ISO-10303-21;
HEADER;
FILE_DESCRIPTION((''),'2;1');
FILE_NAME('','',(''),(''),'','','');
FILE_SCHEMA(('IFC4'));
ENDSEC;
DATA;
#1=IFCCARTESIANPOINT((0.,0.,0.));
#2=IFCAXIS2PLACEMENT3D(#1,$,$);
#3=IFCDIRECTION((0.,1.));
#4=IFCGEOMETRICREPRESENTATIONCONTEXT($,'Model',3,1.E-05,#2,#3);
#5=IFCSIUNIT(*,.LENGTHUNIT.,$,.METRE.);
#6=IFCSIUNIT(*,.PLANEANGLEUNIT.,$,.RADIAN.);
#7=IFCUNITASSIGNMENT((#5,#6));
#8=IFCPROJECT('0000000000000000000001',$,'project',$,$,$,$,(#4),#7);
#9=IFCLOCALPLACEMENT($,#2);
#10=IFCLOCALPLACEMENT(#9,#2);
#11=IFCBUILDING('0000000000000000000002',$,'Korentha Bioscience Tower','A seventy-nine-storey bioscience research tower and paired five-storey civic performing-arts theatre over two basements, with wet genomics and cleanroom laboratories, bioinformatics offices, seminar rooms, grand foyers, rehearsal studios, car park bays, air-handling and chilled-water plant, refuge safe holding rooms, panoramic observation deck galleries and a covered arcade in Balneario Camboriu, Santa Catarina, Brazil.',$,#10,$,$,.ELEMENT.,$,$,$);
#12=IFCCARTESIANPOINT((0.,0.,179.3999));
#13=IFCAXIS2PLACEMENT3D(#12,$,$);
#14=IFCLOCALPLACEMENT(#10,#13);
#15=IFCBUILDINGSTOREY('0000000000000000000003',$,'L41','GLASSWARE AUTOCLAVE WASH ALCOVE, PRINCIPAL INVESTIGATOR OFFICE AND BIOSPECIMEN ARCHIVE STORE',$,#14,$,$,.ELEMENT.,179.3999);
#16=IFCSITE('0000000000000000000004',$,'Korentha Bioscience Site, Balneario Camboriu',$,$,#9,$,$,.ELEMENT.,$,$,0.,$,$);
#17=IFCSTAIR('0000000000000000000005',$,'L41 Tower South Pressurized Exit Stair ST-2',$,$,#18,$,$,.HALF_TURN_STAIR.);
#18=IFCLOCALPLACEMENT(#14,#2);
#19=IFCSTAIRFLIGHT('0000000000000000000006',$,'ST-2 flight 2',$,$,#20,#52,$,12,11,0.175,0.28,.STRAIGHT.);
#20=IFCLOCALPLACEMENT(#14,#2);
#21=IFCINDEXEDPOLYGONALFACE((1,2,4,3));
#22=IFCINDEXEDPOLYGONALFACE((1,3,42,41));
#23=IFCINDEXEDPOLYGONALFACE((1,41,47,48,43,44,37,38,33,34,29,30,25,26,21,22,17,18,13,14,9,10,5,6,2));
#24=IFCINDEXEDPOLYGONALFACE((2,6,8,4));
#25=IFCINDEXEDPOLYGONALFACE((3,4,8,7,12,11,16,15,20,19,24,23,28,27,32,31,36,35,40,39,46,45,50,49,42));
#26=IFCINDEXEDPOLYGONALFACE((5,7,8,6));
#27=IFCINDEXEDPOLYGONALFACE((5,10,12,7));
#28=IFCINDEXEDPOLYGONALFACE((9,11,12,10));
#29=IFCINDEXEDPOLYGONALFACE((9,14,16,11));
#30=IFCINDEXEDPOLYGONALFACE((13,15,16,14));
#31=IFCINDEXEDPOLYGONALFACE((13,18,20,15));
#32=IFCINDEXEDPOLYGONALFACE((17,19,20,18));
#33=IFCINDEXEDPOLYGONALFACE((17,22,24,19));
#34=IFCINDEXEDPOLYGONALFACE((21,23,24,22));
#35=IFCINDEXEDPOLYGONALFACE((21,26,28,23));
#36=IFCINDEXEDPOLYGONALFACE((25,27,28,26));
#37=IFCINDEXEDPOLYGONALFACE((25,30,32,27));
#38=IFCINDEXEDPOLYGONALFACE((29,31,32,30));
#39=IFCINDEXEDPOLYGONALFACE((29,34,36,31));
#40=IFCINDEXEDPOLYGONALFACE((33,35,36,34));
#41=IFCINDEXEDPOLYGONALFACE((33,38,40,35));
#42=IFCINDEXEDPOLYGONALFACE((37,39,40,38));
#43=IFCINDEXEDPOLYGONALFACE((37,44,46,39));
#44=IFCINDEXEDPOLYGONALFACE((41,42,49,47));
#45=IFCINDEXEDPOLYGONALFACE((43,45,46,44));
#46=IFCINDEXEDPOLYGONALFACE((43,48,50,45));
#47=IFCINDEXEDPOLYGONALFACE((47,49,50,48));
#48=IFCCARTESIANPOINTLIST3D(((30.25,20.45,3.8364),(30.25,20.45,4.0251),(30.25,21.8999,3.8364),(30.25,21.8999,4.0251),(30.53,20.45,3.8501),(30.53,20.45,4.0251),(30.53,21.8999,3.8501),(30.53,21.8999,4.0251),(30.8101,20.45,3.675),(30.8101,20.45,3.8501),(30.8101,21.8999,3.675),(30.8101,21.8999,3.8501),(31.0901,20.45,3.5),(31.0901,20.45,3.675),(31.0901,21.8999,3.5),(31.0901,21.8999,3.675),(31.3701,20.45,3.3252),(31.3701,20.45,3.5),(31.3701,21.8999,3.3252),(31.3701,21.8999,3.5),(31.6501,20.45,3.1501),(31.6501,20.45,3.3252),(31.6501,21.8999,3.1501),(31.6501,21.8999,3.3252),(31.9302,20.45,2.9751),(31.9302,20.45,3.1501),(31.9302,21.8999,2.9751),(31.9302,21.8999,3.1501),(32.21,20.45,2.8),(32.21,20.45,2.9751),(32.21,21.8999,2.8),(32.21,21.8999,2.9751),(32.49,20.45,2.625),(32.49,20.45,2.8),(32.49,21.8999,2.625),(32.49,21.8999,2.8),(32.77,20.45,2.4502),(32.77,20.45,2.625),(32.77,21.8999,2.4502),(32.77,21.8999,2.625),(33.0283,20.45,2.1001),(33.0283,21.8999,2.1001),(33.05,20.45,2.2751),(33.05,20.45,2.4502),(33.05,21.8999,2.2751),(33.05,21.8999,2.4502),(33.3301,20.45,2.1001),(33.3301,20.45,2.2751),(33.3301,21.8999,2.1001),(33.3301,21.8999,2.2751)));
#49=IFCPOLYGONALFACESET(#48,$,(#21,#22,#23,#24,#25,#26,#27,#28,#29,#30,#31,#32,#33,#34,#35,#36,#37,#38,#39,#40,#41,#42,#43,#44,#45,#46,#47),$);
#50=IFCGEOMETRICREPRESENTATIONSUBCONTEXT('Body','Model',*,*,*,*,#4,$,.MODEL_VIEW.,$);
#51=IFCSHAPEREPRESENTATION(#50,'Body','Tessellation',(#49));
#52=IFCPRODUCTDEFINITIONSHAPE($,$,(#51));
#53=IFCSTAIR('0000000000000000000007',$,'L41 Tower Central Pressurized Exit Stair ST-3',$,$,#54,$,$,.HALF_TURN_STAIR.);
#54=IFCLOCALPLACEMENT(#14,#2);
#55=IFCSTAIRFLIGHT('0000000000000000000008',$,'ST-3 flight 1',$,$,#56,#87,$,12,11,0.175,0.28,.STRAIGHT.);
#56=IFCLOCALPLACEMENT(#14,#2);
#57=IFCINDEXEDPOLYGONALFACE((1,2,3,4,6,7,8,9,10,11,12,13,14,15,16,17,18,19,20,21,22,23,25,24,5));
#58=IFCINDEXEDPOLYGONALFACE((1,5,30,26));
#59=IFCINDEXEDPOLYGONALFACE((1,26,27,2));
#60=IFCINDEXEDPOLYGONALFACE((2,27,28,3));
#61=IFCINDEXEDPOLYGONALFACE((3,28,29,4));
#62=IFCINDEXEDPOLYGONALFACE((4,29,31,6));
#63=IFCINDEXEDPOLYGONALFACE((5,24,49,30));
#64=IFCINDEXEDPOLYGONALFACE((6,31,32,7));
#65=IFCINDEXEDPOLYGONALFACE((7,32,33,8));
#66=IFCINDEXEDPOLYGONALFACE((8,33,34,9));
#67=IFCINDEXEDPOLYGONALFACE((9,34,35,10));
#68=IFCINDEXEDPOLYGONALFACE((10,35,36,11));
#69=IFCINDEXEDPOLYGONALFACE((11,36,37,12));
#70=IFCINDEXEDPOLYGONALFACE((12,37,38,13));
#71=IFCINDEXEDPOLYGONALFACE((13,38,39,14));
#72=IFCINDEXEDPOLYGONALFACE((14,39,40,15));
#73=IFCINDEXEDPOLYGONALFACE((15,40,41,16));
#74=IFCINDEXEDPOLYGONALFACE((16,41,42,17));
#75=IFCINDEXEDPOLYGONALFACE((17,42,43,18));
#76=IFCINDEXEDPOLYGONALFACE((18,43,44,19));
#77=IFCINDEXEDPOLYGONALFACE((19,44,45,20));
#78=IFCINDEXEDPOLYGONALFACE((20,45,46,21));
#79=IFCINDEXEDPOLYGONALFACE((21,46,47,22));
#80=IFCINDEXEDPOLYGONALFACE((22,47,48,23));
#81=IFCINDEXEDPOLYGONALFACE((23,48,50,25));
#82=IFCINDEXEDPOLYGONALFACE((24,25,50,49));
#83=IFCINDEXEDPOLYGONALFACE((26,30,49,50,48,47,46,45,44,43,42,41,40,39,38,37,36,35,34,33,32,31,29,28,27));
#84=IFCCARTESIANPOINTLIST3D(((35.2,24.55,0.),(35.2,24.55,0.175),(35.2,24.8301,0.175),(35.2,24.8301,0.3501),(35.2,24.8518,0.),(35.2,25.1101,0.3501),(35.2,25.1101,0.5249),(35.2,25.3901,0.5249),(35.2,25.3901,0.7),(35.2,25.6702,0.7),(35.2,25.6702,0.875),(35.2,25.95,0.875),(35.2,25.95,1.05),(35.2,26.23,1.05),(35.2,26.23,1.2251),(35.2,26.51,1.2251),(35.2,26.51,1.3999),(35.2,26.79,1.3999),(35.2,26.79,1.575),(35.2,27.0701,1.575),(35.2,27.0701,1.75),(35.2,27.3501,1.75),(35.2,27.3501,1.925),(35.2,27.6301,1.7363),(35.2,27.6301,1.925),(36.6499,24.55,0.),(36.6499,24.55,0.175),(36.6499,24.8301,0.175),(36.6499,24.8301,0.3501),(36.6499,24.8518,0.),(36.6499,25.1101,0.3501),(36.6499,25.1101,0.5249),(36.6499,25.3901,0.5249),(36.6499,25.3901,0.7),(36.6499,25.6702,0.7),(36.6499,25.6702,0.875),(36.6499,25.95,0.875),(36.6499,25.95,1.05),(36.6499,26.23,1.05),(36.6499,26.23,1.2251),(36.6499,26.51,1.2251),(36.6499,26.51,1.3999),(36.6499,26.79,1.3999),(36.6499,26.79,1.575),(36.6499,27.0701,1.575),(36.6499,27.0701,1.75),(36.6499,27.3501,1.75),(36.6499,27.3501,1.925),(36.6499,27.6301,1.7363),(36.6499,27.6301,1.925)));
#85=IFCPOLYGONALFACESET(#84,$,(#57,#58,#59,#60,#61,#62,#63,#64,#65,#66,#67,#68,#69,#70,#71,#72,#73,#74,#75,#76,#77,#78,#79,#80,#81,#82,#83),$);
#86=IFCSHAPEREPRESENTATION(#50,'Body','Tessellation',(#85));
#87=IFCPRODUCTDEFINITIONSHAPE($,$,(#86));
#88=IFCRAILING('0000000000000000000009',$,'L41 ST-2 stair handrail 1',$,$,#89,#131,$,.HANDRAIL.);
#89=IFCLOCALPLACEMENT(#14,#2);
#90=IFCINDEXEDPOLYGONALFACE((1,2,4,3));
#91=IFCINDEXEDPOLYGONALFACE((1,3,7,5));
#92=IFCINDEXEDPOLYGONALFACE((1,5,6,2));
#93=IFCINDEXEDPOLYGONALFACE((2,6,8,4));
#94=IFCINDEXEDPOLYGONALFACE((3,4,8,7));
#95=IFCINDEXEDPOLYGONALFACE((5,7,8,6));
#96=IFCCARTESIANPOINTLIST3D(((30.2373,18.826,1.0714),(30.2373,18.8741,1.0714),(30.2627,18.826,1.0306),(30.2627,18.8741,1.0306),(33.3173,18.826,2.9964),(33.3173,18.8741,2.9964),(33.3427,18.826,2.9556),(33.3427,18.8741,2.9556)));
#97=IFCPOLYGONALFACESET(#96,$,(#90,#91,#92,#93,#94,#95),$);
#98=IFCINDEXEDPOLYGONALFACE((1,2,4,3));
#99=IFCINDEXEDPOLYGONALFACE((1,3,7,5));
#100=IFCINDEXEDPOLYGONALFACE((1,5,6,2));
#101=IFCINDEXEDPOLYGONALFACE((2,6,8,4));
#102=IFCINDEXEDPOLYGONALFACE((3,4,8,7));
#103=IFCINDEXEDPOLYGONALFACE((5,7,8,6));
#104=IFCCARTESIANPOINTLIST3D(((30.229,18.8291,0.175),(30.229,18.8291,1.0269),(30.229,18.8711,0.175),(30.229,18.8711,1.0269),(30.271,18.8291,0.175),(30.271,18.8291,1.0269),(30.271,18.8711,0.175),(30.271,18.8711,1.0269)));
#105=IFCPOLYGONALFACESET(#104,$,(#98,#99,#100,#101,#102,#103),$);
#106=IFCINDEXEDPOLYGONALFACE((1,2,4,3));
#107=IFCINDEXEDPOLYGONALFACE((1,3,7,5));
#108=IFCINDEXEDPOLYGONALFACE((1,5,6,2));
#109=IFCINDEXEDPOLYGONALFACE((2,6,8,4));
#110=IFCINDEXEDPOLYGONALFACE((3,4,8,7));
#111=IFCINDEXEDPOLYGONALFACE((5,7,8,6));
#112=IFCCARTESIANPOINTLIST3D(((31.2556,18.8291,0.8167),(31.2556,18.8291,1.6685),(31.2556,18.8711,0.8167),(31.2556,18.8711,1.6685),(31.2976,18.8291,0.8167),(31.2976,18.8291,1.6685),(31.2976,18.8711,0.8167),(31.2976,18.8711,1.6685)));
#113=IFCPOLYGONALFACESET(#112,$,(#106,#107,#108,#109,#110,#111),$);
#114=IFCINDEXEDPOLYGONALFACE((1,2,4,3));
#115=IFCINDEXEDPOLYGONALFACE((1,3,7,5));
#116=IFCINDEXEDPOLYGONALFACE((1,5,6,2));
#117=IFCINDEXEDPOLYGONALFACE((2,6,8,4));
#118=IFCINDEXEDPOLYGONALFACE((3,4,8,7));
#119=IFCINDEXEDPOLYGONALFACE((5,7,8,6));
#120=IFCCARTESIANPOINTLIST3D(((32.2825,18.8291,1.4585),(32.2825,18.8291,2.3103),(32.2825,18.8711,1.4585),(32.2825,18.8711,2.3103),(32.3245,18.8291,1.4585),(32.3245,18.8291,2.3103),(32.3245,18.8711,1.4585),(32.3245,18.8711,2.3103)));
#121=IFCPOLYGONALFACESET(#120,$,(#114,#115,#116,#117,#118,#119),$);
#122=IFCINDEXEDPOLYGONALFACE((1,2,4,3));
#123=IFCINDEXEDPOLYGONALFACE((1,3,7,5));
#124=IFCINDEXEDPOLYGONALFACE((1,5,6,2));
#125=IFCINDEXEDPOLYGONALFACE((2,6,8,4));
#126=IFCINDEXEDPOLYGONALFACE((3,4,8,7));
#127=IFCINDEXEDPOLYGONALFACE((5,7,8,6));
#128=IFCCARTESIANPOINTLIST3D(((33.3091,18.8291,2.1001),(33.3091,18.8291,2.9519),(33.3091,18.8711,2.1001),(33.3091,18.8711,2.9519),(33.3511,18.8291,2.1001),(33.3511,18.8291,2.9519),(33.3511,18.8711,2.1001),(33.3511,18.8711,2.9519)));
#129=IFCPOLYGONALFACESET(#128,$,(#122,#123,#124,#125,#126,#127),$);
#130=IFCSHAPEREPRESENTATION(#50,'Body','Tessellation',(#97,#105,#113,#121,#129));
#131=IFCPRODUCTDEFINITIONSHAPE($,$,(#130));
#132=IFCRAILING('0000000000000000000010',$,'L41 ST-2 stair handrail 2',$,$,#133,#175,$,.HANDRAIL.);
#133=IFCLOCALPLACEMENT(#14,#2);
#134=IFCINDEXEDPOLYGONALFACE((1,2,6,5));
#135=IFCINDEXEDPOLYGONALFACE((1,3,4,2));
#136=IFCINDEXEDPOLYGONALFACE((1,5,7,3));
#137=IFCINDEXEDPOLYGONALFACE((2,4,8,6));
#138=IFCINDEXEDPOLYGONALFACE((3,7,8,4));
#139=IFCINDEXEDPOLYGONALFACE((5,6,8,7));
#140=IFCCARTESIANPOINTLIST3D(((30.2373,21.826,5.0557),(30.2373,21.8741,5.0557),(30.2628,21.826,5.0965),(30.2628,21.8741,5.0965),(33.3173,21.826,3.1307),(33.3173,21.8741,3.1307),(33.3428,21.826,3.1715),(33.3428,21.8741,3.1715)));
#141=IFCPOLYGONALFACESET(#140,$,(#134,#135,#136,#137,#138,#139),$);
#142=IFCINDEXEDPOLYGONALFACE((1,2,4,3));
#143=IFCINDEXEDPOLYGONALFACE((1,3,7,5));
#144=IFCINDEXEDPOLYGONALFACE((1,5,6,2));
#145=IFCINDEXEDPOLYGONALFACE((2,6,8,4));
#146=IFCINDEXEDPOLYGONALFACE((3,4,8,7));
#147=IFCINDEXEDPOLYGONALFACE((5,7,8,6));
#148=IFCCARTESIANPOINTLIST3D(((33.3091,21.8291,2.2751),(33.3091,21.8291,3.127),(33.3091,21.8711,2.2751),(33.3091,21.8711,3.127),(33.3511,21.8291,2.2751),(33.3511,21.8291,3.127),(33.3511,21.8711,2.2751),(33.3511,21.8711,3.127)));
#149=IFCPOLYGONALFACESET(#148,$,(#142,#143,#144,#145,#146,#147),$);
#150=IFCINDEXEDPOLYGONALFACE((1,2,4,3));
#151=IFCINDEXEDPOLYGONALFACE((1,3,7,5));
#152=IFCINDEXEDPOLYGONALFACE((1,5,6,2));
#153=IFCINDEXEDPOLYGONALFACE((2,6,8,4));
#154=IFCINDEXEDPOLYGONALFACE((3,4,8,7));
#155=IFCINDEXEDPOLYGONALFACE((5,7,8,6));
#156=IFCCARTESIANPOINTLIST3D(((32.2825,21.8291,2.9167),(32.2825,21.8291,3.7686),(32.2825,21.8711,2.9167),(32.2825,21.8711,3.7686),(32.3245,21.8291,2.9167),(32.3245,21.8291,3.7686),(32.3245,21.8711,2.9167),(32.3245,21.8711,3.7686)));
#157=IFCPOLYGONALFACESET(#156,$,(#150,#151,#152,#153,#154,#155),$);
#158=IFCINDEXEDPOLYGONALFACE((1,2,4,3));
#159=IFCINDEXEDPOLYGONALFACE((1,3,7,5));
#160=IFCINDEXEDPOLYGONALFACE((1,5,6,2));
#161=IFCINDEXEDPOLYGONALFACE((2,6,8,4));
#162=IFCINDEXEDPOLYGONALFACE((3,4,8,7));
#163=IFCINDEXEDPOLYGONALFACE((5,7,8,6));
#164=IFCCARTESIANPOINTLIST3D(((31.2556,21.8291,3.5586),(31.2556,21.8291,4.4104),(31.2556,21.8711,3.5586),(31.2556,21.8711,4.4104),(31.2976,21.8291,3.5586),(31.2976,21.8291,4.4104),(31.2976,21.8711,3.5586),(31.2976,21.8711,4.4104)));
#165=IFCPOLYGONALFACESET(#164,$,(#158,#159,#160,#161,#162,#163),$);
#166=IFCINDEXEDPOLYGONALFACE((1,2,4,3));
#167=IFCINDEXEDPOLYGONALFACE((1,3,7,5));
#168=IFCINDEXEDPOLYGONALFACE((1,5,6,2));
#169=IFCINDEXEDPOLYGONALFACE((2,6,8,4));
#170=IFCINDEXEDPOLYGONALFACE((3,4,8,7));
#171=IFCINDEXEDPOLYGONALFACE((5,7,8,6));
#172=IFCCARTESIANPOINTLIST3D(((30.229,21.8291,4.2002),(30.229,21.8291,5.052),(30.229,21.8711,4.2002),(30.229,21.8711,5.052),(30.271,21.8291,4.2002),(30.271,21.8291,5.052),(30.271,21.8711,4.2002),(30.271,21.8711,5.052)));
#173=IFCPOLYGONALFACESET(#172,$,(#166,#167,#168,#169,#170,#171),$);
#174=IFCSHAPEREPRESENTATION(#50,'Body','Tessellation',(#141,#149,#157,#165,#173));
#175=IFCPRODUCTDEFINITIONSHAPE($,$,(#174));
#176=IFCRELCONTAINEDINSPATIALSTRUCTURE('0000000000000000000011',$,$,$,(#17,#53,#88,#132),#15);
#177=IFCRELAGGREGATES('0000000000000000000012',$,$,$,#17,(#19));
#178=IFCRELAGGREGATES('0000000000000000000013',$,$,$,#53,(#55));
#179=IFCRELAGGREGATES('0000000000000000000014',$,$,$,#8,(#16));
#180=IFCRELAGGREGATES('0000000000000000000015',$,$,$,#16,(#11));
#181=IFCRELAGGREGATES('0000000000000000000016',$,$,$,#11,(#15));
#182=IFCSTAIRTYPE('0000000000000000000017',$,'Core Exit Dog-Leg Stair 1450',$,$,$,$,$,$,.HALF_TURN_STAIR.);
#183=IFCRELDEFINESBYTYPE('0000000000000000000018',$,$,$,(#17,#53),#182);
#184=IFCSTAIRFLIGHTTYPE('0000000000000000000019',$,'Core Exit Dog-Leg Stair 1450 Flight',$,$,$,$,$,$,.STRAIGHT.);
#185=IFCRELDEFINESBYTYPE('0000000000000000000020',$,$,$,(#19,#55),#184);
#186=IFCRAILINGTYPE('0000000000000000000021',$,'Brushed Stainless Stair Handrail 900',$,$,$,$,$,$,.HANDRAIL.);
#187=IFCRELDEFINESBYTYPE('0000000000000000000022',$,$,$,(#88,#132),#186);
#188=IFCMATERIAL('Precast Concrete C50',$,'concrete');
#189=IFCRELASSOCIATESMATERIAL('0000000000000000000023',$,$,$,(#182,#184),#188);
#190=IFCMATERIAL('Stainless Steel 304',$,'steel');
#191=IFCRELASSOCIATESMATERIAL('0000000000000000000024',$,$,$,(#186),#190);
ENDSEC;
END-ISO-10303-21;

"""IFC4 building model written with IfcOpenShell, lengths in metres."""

from ifc_helpers import new_model, si_unit, direction, frame, origin, origin_2d, place, context, subcontext, project, spatial, polyline, rectangle, outline, extrude, material, type_object, element, aggregate, save


model = new_model("IFC4")

# Units and contexts
model_context = context("Model", 3, precision=1e-05, world=origin(), true_north=direction((0.0, 1.0)))
body_context = subcontext(model_context, "Body", "Model", "MODEL_VIEW")
ifc_project = project(units=[si_unit("LENGTHUNIT", "METRE"), si_unit("PLANEANGLEUNIT", "RADIAN")], contexts=[model_context])

# Site, building, storey
site_placement = place(None, origin())
site = spatial("IfcSite", under=ifc_project, at=site_placement, Name="Korentha Bioscience Site, Balneario Camboriu", CompositionType="ELEMENT", RefElevation=0.0)
building_placement = place(site_placement, origin())
building = spatial("IfcBuilding", under=site, at=building_placement, Name="Korentha Bioscience Tower", Description="A seventy-nine-storey bioscience research tower and paired five-storey civic performing-arts theatre over two basements, with wet genomics and cleanroom laboratories, bioinformatics offices, seminar rooms, grand foyers, rehearsal studios, car park bays, air-handling and chilled-water plant, refuge safe holding rooms, panoramic observation deck galleries and a covered arcade in Balneario Camboriu, Santa Catarina, Brazil.", CompositionType="ELEMENT")
storey_placement = place(building_placement, frame((0.0, 0.0, 179.3999)))
storey = spatial("IfcBuildingStorey", under=building, at=storey_placement, Name="L41", Description="GLASSWARE AUTOCLAVE WASH ALCOVE, PRINCIPAL INVESTIGATOR OFFICE AND BIOSPECIMEN ARCHIVE STORE", CompositionType="ELEMENT", Elevation=179.3999)

# Stair, stair flight
ifc_material_1 = material(Name="Precast Concrete C50", Category="concrete")
stair_type = type_object("IfcStairType", Name="Core Exit Dog-Leg Stair 1450", PredefinedType="HALF_TURN_STAIR", material=ifc_material_1)
stair_1_placement = place(storey_placement, origin())
stair_1 = element("IfcStair", 1, at=stair_1_placement, inside=storey, type_object=stair_type, Name="L41 Tower South Pressurized Exit Stair ST-2", PredefinedType="HALF_TURN_STAIR")
stair_flight_type = type_object("IfcStairFlightType", Name="Core Exit Dog-Leg Stair 1450 Flight", PredefinedType="STRAIGHT", material=ifc_material_1)
stair_flight_1_placement = place(storey_placement, frame((33.3301, 21.175, 2.1001), z_axis=(0.0, 0.0, 1.0), x_axis=(-1.0, 0.0, 0.0)))
stair_flight_1 = element("IfcStairFlight", 2, at=stair_flight_1_placement, type_object=stair_flight_type, Name="ST-2 flight 2", NumberOfRisers=12, NumberOfTreads=11, PredefinedType="STRAIGHT", RiserHeight=0.175, TreadLength=0.28, context=body_context, shape_type="SweptSolid", body=[
    extrude(outline(polyline([(0.0, 0.0), (0.0, 0.175), (0.28, 0.175), (0.28, 0.3501), (0.5601, 0.3501), (0.5601, 0.5249), (0.8401, 0.5249), (0.8401, 0.7), (1.1201, 0.7), (1.1201, 0.875), (1.3999, 0.875), (1.3999, 1.05), (1.6799, 1.05), (1.6799, 1.2251), (1.96, 1.2251), (1.96, 1.3999), (2.24, 1.3999), (2.24, 1.575), (2.52, 1.575), (2.52, 1.75), (2.8, 1.75), (2.8, 1.925), (3.0801, 1.925), (3.0801, 2.1001), (3.0801, 1.7363), (0.3018, 0.0), (0.0, 0.0)])), frame((0.0, 0.7251, 0.0), z_axis=(0.0, -1.0, 0.0), x_axis=(1.0, 0.0, 0.0)), (0.0, 0.0, 1.0), 1.45),
])
aggregate(stair_1, [stair_flight_1])

# Stair, stair flight
stair_2_placement = place(storey_placement, origin())
stair_2 = element("IfcStair", 3, at=stair_2_placement, inside=storey, type_object=stair_type, Name="L41 Tower Central Pressurized Exit Stair ST-3", PredefinedType="HALF_TURN_STAIR")
stair_flight_2_placement = place(storey_placement, frame((35.925, 24.55, 0.0), z_axis=(0.0, 0.0, 1.0), x_axis=(0.0, 1.0, 0.0)))
stair_flight_2 = element("IfcStairFlight", 4, at=stair_flight_2_placement, type_object=stair_flight_type, Name="ST-3 flight 1", NumberOfRisers=12, NumberOfTreads=11, PredefinedType="STRAIGHT", RiserHeight=0.175, TreadLength=0.28, context=body_context, shape_type="SweptSolid", body=[
    extrude(outline(polyline([(0.0, 0.0), (0.0, 0.175), (0.28, 0.175), (0.28, 0.3501), (0.5601, 0.3501), (0.5601, 0.5249), (0.8401, 0.5249), (0.8401, 0.7), (1.1201, 0.7), (1.1201, 0.875), (1.3999, 0.875), (1.3999, 1.05), (1.6799, 1.05), (1.6799, 1.2251), (1.96, 1.2251), (1.96, 1.3999), (2.24, 1.3999), (2.24, 1.575), (2.52, 1.575), (2.52, 1.75), (2.8, 1.75), (2.8, 1.925), (3.0801, 1.925), (3.0801, 2.1001), (3.0801, 1.7363), (0.3018, 0.0), (0.0, 0.0)])), frame((0.0, 0.7251, 0.0), z_axis=(0.0, -1.0, 0.0), x_axis=(1.0, 0.0, 0.0)), (0.0, 0.0, 1.0), 1.45),
])
aggregate(stair_2, [stair_flight_2])

# Railings
ifc_material_2 = material(Name="Stainless Steel 304", Category="steel")
railing_type_1 = type_object("IfcRailingType", Name="Brushed Stainless Stair Handrail 900", PredefinedType="HANDRAIL", material=ifc_material_2)
railing_1_placement = place(storey_placement, frame((30.25, 18.8501, 0.175)))
element("IfcRailing", 5, at=railing_1_placement, inside=storey, type_object=railing_type_1, Name="L41 ST-2 stair handrail 1", PredefinedType="HANDRAIL", context=body_context, shape_type="SweptSolid", body=[
    extrude(rectangle(XDim=0.0481, YDim=0.0481, at=origin_2d()), frame((0.0, 0.0, 0.876), z_axis=(0.847998, 0.0, 0.529999), x_axis=(0.0, 1.0, 0.0)), (0.0, 0.0, 1.0), 3.6321),
    extrude(rectangle(XDim=0.042, YDim=0.042, at=origin_2d()), origin(), (0.0, 0.0, 1.0), 0.8518),
    extrude(rectangle(XDim=0.042, YDim=0.042, at=origin_2d()), frame((1.0266, 0.0, 0.6416)), (0.0, 0.0, 1.0), 0.8518),
    extrude(rectangle(XDim=0.042, YDim=0.042, at=origin_2d()), frame((2.0535, 0.0, 1.2834)), (0.0, 0.0, 1.0), 0.8518),
    extrude(rectangle(XDim=0.042, YDim=0.042, at=origin_2d()), frame((3.0801, 0.0, 1.925)), (0.0, 0.0, 1.0), 0.8518),
])
railing_2_placement = place(storey_placement, frame((33.3301, 21.8501, 2.2751)))
element("IfcRailing", 6, at=railing_2_placement, inside=storey, type_object=railing_type_1, Name="L41 ST-2 stair handrail 2", PredefinedType="HANDRAIL", context=body_context, shape_type="SweptSolid", body=[
    extrude(rectangle(XDim=0.0481, YDim=0.0481, at=origin_2d()), frame((0.0, 0.0, 0.876), z_axis=(-0.847998, 0.0, 0.529999), x_axis=(0.0, -1.0, 0.0)), (0.0, 0.0, 1.0), 3.6321),
    extrude(rectangle(XDim=0.042, YDim=0.042, at=origin_2d()), origin(), (0.0, 0.0, 1.0), 0.8518),
    extrude(rectangle(XDim=0.042, YDim=0.042, at=origin_2d()), frame((-1.0266, 0.0, 0.6416)), (0.0, 0.0, 1.0), 0.8518),
    extrude(rectangle(XDim=0.042, YDim=0.042, at=origin_2d()), frame((-2.0535, 0.0, 1.2834)), (0.0, 0.0, 1.0), 0.8518),
    extrude(rectangle(XDim=0.042, YDim=0.042, at=origin_2d()), frame((-3.0801, 0.0, 1.925)), (0.0, 0.0, 1.0), 0.8518),
])

save(model, "model.ifc")
